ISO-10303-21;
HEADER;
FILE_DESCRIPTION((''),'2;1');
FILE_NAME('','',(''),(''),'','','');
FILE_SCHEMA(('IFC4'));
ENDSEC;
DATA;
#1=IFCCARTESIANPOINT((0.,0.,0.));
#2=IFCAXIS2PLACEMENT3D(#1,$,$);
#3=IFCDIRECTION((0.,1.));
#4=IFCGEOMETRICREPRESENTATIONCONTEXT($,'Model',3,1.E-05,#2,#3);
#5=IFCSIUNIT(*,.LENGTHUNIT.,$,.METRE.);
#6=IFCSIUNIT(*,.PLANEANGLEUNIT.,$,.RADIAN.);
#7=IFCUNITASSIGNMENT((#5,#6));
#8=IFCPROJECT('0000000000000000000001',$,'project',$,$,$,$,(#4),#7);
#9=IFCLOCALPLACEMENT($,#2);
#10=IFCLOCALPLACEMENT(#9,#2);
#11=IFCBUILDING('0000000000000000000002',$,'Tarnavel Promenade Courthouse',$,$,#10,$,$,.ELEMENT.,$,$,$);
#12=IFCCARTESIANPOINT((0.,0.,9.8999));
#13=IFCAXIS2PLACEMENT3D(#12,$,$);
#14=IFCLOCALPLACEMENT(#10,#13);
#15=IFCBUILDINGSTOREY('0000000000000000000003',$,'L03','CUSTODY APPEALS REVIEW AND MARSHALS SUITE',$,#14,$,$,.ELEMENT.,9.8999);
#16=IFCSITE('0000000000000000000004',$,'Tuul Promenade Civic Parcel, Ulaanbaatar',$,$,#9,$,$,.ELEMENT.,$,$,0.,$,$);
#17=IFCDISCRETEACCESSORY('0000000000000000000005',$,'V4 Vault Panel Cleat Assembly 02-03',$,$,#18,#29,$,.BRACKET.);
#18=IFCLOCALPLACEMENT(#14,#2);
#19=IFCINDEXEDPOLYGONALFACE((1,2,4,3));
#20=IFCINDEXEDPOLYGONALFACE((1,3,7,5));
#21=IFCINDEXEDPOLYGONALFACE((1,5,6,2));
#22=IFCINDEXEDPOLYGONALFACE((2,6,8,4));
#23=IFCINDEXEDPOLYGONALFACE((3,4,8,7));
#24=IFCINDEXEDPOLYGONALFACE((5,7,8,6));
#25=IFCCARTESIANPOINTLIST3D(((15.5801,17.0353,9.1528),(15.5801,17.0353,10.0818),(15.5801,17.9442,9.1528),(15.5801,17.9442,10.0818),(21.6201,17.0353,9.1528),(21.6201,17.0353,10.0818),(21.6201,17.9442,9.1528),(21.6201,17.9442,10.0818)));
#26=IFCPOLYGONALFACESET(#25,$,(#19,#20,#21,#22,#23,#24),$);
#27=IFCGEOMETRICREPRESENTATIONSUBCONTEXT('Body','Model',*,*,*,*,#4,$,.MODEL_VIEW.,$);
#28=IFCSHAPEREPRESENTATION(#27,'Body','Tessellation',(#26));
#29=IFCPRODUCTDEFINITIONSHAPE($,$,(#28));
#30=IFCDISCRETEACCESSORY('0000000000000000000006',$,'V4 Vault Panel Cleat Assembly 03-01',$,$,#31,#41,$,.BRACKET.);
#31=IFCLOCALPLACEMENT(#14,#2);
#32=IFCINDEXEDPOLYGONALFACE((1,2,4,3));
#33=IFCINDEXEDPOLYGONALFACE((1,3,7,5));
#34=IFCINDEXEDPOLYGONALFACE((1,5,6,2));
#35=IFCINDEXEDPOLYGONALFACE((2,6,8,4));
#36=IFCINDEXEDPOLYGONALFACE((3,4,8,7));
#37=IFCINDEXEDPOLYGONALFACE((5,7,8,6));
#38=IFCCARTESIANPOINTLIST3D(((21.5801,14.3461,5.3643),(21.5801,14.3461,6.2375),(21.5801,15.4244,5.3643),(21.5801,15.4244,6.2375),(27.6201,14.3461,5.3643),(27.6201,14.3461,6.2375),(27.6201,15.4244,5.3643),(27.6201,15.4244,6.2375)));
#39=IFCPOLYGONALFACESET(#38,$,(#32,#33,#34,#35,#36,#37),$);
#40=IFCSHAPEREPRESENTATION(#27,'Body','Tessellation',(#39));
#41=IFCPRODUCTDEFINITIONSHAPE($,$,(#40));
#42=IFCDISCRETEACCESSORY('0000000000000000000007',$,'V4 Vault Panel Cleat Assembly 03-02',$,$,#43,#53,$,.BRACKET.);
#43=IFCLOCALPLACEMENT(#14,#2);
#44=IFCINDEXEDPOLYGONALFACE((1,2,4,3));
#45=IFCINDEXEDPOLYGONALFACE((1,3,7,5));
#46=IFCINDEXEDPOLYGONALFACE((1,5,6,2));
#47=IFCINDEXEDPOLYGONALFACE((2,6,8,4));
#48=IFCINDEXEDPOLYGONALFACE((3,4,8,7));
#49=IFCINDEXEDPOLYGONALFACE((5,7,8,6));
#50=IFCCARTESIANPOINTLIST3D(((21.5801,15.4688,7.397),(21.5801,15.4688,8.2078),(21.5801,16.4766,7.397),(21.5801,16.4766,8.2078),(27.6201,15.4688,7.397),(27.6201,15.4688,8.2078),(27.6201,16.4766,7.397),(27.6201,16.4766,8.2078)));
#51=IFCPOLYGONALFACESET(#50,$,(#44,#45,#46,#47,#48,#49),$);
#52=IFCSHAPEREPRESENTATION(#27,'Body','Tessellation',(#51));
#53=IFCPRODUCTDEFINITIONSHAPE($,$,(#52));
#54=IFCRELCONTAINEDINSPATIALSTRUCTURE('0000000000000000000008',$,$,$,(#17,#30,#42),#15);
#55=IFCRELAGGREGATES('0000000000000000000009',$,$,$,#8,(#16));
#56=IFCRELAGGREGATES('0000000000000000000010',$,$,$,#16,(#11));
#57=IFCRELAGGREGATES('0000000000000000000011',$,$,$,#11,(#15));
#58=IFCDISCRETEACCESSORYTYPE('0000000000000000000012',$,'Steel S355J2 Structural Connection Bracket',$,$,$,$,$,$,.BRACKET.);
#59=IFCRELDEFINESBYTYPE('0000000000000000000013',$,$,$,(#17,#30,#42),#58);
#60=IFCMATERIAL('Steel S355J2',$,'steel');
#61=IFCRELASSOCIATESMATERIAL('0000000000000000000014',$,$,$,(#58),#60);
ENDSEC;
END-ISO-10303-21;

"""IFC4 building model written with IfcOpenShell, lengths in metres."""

from ifc_helpers import new_model, si_unit, direction, frame, origin, origin_2d, place, context, subcontext, project, spatial, rectangle, extrude, material, type_object, element, save


model = new_model("IFC4")

# Units and contexts
model_context = context("Model", 3, precision=1e-05, world=origin(), true_north=direction((0.0, 1.0)))
body_context = subcontext(model_context, "Body", "Model", "MODEL_VIEW")
ifc_project = project(units=[si_unit("LENGTHUNIT", "METRE"), si_unit("PLANEANGLEUNIT", "RADIAN")], contexts=[model_context])

# Site, building, storey
site_placement = place(None, origin())
site = spatial("IfcSite", under=ifc_project, at=site_placement, Name="Tuul Promenade Civic Parcel, Ulaanbaatar", CompositionType="ELEMENT", RefElevation=0.0)
building_placement = place(site_placement, origin())
building = spatial("IfcBuilding", under=site, at=building_placement, Name="Tarnavel Promenade Courthouse", CompositionType="ELEMENT")
storey_placement = place(building_placement, frame((0.0, 0.0, 9.8999)))
storey = spatial("IfcBuildingStorey", under=building, at=storey_placement, Name="L03", Description="CUSTODY APPEALS REVIEW AND MARSHALS SUITE", CompositionType="ELEMENT", Elevation=9.8999)

# Shared definitions
ifc_material_1 = material(Name="Steel S355J2", Category="steel")

# Discrete accessories
discrete_accessory_type = type_object("IfcDiscreteAccessoryType", Name="Steel S355J2 Structural Connection Bracket", PredefinedType="BRACKET", material=ifc_material_1)
discrete_accessory_1_placement = place(storey_placement, frame((18.6001, 17.4897, 9.1528), z_axis=(0.0, 0.0, 1.0), x_axis=(1.0, 0.0, 0.0)))
element("IfcDiscreteAccessory", 1, at=discrete_accessory_1_placement, inside=storey, type_object=discrete_accessory_type, Name="V4 Vault Panel Cleat Assembly 02-03", PredefinedType="BRACKET", context=body_context, shape_type="SweptSolid", body=[
    extrude(rectangle(XDim=6.04, YDim=0.9089, at=origin_2d()), origin(), (0.0, 0.0, 1.0), 0.929),
])
discrete_accessory_2_placement = place(storey_placement, frame((24.6001, 14.8853, 5.3643), z_axis=(0.0, 0.0, 1.0), x_axis=(1.0, 0.0, 0.0)))
element("IfcDiscreteAccessory", 2, at=discrete_accessory_2_placement, inside=storey, type_object=discrete_accessory_type, Name="V4 Vault Panel Cleat Assembly 03-01", PredefinedType="BRACKET", context=body_context, shape_type="SweptSolid", body=[
    extrude(rectangle(XDim=6.04, YDim=1.0784, at=origin_2d()), origin(), (0.0, 0.0, 1.0), 0.8733),
])
discrete_accessory_3_placement = place(storey_placement, frame((24.6001, 15.9727, 7.397), z_axis=(0.0, 0.0, 1.0), x_axis=(1.0, 0.0, 0.0)))
element("IfcDiscreteAccessory", 3, at=discrete_accessory_3_placement, inside=storey, type_object=discrete_accessory_type, Name="V4 Vault Panel Cleat Assembly 03-02", PredefinedType="BRACKET", context=body_context, shape_type="SweptSolid", body=[
    extrude(rectangle(XDim=6.04, YDim=1.0078, at=origin_2d()), origin(), (0.0, 0.0, 1.0), 0.8108),
])

save(model, "model.ifc")
